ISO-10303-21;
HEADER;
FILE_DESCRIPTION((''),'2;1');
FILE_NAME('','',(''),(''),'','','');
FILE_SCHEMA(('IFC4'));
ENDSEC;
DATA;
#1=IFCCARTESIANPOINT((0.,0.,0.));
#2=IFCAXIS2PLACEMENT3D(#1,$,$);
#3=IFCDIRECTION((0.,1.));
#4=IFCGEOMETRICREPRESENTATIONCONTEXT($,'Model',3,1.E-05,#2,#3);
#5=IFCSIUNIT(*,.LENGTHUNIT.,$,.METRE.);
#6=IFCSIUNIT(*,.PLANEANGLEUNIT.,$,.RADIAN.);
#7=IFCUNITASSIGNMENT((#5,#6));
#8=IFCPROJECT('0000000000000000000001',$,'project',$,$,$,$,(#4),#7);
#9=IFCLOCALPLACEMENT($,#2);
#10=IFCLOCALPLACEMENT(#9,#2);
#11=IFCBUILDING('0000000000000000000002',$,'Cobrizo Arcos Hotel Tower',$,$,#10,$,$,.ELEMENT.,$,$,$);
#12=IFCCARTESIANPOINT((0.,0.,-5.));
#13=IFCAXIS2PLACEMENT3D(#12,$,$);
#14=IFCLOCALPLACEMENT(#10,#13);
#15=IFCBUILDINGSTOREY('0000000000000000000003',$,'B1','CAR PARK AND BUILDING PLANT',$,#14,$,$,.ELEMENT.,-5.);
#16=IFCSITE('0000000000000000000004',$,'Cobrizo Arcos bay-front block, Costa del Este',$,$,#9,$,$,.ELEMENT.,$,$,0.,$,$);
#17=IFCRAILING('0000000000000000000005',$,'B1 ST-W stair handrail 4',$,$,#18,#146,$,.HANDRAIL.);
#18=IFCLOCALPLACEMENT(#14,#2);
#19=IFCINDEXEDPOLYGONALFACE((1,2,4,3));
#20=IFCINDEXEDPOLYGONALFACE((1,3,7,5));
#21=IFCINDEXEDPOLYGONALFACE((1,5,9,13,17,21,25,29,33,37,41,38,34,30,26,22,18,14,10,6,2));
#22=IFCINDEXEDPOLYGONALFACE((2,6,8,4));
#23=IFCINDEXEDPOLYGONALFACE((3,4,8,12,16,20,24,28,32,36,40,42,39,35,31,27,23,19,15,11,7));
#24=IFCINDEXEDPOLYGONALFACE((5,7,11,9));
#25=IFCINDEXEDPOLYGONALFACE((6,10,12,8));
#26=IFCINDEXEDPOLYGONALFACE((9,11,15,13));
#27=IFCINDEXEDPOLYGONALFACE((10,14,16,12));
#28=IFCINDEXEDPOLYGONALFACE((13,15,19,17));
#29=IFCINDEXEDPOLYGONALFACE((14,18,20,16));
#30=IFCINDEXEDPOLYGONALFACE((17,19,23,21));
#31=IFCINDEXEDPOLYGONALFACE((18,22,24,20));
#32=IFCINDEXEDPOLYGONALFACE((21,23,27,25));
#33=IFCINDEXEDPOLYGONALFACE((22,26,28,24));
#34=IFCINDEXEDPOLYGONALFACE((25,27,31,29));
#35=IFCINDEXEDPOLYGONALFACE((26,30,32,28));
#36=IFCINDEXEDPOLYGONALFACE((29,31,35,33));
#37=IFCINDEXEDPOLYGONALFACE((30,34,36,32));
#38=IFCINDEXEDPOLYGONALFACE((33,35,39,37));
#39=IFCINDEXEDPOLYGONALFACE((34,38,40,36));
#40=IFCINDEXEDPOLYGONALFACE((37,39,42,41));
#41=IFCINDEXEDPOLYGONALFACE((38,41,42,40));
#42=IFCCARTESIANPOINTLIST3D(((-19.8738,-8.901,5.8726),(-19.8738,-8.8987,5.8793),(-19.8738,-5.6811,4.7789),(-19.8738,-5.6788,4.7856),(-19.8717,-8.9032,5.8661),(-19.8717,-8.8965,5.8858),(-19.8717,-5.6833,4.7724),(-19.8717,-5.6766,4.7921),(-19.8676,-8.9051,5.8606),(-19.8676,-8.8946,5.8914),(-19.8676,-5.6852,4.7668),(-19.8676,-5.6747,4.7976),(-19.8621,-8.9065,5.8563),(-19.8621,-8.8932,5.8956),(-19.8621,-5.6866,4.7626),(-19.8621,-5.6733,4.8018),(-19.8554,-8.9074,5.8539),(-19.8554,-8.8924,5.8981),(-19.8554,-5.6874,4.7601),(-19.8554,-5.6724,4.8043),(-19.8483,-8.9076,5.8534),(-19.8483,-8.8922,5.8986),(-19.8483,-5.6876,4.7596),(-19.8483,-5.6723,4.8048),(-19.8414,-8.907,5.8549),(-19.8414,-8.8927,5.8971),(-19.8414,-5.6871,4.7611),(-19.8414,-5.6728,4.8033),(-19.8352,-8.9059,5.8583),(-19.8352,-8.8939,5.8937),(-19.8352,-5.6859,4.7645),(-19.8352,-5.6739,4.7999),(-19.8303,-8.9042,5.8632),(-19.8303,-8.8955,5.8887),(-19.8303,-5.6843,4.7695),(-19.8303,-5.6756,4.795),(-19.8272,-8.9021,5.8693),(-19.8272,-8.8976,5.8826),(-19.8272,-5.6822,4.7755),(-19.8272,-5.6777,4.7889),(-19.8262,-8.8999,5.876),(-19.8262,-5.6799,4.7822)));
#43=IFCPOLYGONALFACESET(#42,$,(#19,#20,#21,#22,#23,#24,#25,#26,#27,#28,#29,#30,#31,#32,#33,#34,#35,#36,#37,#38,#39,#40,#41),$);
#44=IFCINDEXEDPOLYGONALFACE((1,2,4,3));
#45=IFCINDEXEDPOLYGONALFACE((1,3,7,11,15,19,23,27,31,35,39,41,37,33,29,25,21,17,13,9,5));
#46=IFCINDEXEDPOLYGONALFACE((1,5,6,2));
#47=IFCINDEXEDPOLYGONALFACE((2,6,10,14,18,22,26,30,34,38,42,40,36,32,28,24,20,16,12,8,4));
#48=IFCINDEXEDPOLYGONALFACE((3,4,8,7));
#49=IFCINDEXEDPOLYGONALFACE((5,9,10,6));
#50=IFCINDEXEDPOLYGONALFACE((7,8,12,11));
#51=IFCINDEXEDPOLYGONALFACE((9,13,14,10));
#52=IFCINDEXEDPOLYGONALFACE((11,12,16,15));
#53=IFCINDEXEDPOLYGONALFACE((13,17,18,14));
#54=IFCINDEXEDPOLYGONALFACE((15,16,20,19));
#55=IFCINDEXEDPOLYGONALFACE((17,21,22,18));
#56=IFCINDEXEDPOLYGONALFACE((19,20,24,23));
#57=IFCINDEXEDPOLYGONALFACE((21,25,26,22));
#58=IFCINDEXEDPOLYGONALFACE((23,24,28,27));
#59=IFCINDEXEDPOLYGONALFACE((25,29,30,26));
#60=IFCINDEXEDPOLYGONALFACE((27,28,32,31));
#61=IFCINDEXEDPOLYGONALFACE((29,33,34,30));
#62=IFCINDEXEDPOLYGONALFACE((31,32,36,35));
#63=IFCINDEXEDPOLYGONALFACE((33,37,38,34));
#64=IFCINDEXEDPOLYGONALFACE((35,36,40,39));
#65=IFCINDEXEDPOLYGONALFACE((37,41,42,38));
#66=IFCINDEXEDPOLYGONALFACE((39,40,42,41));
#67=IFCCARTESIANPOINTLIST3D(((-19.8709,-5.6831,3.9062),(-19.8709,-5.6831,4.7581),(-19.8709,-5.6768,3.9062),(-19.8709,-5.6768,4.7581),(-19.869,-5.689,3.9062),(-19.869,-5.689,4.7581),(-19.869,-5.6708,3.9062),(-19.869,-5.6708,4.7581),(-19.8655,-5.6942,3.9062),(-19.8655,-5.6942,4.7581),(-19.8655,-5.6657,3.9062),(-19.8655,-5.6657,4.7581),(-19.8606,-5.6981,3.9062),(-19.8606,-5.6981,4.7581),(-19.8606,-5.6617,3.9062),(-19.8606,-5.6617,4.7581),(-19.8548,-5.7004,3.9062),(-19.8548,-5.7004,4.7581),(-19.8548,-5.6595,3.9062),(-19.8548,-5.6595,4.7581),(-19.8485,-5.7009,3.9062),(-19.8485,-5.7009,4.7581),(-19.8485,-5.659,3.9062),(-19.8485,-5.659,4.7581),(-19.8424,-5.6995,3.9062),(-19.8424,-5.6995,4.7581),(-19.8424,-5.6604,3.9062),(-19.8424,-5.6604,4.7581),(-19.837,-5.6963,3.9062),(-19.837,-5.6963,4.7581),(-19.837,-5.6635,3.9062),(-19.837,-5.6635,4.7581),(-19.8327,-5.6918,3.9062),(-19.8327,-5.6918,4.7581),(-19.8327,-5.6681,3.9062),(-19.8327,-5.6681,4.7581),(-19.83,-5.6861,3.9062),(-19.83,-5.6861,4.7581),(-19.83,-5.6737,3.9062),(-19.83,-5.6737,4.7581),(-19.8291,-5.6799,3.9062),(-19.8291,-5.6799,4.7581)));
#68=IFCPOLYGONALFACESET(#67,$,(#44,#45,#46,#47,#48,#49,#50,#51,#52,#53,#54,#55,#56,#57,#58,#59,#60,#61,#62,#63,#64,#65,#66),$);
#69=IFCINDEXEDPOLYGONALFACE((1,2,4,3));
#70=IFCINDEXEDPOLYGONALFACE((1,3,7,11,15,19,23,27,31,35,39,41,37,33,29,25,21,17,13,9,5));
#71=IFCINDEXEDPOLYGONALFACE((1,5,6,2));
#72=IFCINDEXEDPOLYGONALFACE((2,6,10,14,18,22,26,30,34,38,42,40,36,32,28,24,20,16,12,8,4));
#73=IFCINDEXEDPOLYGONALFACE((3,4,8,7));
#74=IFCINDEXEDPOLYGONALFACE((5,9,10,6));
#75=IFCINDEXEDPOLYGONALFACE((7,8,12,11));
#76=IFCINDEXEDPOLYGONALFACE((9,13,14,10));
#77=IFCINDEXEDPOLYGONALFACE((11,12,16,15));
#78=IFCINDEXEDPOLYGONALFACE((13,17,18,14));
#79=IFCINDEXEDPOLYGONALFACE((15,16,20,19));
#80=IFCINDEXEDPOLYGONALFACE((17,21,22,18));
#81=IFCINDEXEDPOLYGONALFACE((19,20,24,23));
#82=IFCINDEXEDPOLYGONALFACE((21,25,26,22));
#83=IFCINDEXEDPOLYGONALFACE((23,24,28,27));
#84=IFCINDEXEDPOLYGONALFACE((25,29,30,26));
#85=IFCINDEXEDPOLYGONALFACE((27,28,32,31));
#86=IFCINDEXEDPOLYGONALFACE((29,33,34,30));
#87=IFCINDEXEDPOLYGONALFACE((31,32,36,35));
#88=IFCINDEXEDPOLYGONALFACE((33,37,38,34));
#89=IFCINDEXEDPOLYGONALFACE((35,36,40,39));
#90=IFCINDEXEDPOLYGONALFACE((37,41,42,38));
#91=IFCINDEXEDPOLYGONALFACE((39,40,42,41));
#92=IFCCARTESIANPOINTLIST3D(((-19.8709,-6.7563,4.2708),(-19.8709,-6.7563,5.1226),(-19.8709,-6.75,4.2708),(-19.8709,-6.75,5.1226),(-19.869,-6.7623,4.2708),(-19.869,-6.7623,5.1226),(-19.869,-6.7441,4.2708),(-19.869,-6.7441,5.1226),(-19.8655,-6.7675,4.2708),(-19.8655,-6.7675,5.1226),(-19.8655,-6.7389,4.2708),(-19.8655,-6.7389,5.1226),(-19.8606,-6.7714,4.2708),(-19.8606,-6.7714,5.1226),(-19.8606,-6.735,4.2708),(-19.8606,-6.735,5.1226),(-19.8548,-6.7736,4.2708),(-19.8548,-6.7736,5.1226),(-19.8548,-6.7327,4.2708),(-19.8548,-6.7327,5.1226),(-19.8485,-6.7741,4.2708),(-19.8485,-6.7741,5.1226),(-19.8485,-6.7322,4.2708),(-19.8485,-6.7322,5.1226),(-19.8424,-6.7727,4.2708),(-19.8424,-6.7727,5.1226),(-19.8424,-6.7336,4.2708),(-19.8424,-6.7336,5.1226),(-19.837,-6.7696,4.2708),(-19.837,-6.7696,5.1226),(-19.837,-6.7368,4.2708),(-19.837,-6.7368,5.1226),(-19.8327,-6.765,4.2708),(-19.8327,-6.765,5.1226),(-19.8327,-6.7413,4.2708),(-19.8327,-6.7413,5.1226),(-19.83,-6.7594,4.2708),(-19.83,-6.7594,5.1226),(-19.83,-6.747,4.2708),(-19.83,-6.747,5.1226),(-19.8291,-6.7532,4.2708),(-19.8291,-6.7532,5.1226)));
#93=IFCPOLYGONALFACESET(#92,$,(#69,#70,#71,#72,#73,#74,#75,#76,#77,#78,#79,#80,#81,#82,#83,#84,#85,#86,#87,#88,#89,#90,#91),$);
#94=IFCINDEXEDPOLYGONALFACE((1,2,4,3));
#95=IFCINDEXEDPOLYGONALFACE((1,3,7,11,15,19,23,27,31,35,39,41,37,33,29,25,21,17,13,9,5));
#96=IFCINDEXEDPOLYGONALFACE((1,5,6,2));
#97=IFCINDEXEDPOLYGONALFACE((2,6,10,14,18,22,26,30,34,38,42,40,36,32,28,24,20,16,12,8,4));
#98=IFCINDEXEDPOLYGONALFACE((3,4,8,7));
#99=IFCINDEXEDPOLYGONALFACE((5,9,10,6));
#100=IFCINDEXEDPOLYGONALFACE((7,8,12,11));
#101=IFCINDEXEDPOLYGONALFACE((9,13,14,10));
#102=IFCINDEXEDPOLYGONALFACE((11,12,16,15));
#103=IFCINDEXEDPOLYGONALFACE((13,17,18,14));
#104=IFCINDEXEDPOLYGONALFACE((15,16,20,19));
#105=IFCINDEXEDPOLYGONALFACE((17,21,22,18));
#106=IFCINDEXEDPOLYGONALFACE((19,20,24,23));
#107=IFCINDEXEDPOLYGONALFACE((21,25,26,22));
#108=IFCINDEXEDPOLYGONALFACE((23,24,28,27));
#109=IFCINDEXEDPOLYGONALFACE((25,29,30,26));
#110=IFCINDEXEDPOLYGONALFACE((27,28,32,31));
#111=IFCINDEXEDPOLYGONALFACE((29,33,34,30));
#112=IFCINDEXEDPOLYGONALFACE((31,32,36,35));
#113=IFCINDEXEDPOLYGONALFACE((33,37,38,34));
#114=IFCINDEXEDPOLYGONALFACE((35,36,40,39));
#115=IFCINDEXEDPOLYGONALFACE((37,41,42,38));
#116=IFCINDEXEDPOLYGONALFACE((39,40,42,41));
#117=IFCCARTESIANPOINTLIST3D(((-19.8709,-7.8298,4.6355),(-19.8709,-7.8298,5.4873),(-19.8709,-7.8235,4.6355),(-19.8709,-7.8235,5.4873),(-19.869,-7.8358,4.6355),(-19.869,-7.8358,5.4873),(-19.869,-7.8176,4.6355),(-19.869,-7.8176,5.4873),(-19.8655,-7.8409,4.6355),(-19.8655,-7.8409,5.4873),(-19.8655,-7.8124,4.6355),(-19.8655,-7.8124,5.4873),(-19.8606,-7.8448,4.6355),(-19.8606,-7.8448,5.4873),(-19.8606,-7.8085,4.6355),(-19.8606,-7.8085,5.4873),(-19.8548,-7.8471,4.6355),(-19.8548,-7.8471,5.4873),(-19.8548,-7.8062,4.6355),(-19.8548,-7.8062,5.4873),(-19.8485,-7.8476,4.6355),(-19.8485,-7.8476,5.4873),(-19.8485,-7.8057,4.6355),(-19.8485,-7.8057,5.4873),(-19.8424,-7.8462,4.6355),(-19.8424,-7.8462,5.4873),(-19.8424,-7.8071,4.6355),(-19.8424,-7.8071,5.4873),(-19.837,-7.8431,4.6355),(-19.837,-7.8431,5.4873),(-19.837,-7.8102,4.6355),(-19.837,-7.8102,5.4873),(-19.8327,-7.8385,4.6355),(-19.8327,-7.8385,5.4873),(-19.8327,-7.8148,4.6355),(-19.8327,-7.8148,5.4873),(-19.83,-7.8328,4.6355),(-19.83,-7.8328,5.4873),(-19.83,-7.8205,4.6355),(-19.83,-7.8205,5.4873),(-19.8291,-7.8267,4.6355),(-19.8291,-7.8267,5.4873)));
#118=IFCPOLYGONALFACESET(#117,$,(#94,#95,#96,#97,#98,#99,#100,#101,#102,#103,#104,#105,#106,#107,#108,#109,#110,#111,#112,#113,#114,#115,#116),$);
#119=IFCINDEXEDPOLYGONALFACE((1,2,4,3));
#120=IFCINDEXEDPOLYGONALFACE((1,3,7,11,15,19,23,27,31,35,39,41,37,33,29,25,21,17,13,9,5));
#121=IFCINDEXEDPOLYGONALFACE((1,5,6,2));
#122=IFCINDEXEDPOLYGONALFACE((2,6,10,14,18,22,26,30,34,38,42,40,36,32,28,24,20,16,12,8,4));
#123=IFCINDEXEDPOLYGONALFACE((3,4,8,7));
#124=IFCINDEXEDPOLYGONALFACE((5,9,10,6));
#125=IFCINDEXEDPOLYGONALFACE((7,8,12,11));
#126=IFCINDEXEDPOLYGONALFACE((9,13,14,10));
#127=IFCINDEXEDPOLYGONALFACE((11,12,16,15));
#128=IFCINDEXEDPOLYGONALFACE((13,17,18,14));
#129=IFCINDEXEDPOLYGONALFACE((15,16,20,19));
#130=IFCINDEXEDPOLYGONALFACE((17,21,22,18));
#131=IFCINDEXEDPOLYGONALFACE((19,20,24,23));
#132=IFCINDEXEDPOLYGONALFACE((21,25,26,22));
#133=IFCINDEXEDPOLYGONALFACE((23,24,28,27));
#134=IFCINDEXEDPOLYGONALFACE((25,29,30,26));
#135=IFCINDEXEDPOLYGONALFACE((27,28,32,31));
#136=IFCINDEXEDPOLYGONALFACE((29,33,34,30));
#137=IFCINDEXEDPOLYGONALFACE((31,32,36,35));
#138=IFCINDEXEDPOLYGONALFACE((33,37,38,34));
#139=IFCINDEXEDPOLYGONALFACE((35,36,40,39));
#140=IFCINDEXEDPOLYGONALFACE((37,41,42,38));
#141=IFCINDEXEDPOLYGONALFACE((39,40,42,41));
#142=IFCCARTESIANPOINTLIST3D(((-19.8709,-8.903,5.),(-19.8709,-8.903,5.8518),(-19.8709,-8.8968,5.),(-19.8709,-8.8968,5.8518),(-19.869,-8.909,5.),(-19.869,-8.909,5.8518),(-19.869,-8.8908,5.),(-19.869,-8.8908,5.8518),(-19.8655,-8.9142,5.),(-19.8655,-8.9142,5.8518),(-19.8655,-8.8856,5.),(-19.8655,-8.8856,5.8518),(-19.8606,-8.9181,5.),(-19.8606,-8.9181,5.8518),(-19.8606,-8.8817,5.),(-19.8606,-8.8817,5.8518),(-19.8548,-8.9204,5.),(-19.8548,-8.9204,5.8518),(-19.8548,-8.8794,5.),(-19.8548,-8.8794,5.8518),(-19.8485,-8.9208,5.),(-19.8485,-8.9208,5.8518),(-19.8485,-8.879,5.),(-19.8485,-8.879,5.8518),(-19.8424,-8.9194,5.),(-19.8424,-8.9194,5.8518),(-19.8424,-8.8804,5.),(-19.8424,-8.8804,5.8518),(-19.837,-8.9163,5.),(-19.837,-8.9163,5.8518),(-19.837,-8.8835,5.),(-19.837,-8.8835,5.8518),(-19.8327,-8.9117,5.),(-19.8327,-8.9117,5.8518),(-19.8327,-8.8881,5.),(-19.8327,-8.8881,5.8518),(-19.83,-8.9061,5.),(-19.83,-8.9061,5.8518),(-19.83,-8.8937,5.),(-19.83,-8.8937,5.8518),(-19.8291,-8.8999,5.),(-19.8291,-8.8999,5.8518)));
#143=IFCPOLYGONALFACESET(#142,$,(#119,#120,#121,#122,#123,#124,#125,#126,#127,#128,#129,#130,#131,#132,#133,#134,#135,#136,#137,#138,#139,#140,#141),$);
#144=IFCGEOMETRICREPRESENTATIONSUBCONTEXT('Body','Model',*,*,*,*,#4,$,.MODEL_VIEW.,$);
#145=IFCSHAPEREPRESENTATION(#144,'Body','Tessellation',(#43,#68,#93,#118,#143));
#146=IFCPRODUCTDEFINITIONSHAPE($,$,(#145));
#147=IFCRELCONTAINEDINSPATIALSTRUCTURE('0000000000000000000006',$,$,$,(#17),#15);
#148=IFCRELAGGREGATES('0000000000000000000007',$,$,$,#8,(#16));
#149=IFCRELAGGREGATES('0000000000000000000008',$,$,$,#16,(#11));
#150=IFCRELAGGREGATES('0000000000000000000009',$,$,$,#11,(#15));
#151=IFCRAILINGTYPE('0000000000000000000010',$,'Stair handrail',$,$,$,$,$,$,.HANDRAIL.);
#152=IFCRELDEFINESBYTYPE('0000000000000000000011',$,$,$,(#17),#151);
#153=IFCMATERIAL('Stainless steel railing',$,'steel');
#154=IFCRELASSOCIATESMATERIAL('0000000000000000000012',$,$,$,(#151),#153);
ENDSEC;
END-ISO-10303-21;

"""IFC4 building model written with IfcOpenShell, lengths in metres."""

from ifc_helpers import new_model, si_unit, direction, frame, origin, origin_2d, place, context, subcontext, project, spatial, circle, extrude, material, type_object, element, save


model = new_model("IFC4")

# Units and contexts
model_context = context("Model", 3, precision=1e-05, world=origin(), true_north=direction((0.0, 1.0)))
body_context = subcontext(model_context, "Body", "Model", "MODEL_VIEW")
ifc_project = project(units=[si_unit("LENGTHUNIT", "METRE"), si_unit("PLANEANGLEUNIT", "RADIAN")], contexts=[model_context])

# Site, building, storey
site_placement = place(None, origin())
site = spatial("IfcSite", under=ifc_project, at=site_placement, Name="Cobrizo Arcos bay-front block, Costa del Este", CompositionType="ELEMENT", RefElevation=0.0)
building_placement = place(site_placement, origin())
building = spatial("IfcBuilding", under=site, at=building_placement, Name="Cobrizo Arcos Hotel Tower", CompositionType="ELEMENT")
storey_placement = place(building_placement, frame((0.0, 0.0, -5.0)))
storey = spatial("IfcBuildingStorey", under=building, at=storey_placement, Name="B1", Description="CAR PARK AND BUILDING PLANT", CompositionType="ELEMENT", Elevation=-5.0)

# Railing
ifc_material_1 = material(Name="Stainless steel railing", Category="steel")
railing_type_1 = type_object("IfcRailingType", Name="Stair handrail", PredefinedType="HANDRAIL", material=ifc_material_1)
railing_1_placement = place(storey_placement, frame((-19.8501, -5.6799, 3.9062)))
element("IfcRailing", 1, at=railing_1_placement, inside=storey, type_object=railing_type_1, Name="B1 ST-W stair handrail 4", PredefinedType="HANDRAIL", context=body_context, shape_type="SweptSolid", body=[
    extrude(circle(Radius=0.0239, at=origin_2d()), frame((0.0, 0.0, 0.876), z_axis=(0.0, -0.946866, 0.321629), x_axis=(1.0, 0.0, 0.0)), (0.0, 0.0, 1.0), 3.4006),
    extrude(circle(Radius=0.021, at=origin_2d()), origin(), (0.0, 0.0, 1.0), 0.8518),
    extrude(circle(Radius=0.021, at=origin_2d()), frame((0.0, -1.0732, 0.3645)), (0.0, 0.0, 1.0), 0.8518),
    extrude(circle(Radius=0.021, at=origin_2d()), frame((0.0, -2.1467, 0.7292)), (0.0, 0.0, 1.0), 0.8518),
    extrude(circle(Radius=0.021, at=origin_2d()), frame((0.0, -3.22, 1.0938)), (0.0, 0.0, 1.0), 0.8518),
])

save(model, "model.ifc")
